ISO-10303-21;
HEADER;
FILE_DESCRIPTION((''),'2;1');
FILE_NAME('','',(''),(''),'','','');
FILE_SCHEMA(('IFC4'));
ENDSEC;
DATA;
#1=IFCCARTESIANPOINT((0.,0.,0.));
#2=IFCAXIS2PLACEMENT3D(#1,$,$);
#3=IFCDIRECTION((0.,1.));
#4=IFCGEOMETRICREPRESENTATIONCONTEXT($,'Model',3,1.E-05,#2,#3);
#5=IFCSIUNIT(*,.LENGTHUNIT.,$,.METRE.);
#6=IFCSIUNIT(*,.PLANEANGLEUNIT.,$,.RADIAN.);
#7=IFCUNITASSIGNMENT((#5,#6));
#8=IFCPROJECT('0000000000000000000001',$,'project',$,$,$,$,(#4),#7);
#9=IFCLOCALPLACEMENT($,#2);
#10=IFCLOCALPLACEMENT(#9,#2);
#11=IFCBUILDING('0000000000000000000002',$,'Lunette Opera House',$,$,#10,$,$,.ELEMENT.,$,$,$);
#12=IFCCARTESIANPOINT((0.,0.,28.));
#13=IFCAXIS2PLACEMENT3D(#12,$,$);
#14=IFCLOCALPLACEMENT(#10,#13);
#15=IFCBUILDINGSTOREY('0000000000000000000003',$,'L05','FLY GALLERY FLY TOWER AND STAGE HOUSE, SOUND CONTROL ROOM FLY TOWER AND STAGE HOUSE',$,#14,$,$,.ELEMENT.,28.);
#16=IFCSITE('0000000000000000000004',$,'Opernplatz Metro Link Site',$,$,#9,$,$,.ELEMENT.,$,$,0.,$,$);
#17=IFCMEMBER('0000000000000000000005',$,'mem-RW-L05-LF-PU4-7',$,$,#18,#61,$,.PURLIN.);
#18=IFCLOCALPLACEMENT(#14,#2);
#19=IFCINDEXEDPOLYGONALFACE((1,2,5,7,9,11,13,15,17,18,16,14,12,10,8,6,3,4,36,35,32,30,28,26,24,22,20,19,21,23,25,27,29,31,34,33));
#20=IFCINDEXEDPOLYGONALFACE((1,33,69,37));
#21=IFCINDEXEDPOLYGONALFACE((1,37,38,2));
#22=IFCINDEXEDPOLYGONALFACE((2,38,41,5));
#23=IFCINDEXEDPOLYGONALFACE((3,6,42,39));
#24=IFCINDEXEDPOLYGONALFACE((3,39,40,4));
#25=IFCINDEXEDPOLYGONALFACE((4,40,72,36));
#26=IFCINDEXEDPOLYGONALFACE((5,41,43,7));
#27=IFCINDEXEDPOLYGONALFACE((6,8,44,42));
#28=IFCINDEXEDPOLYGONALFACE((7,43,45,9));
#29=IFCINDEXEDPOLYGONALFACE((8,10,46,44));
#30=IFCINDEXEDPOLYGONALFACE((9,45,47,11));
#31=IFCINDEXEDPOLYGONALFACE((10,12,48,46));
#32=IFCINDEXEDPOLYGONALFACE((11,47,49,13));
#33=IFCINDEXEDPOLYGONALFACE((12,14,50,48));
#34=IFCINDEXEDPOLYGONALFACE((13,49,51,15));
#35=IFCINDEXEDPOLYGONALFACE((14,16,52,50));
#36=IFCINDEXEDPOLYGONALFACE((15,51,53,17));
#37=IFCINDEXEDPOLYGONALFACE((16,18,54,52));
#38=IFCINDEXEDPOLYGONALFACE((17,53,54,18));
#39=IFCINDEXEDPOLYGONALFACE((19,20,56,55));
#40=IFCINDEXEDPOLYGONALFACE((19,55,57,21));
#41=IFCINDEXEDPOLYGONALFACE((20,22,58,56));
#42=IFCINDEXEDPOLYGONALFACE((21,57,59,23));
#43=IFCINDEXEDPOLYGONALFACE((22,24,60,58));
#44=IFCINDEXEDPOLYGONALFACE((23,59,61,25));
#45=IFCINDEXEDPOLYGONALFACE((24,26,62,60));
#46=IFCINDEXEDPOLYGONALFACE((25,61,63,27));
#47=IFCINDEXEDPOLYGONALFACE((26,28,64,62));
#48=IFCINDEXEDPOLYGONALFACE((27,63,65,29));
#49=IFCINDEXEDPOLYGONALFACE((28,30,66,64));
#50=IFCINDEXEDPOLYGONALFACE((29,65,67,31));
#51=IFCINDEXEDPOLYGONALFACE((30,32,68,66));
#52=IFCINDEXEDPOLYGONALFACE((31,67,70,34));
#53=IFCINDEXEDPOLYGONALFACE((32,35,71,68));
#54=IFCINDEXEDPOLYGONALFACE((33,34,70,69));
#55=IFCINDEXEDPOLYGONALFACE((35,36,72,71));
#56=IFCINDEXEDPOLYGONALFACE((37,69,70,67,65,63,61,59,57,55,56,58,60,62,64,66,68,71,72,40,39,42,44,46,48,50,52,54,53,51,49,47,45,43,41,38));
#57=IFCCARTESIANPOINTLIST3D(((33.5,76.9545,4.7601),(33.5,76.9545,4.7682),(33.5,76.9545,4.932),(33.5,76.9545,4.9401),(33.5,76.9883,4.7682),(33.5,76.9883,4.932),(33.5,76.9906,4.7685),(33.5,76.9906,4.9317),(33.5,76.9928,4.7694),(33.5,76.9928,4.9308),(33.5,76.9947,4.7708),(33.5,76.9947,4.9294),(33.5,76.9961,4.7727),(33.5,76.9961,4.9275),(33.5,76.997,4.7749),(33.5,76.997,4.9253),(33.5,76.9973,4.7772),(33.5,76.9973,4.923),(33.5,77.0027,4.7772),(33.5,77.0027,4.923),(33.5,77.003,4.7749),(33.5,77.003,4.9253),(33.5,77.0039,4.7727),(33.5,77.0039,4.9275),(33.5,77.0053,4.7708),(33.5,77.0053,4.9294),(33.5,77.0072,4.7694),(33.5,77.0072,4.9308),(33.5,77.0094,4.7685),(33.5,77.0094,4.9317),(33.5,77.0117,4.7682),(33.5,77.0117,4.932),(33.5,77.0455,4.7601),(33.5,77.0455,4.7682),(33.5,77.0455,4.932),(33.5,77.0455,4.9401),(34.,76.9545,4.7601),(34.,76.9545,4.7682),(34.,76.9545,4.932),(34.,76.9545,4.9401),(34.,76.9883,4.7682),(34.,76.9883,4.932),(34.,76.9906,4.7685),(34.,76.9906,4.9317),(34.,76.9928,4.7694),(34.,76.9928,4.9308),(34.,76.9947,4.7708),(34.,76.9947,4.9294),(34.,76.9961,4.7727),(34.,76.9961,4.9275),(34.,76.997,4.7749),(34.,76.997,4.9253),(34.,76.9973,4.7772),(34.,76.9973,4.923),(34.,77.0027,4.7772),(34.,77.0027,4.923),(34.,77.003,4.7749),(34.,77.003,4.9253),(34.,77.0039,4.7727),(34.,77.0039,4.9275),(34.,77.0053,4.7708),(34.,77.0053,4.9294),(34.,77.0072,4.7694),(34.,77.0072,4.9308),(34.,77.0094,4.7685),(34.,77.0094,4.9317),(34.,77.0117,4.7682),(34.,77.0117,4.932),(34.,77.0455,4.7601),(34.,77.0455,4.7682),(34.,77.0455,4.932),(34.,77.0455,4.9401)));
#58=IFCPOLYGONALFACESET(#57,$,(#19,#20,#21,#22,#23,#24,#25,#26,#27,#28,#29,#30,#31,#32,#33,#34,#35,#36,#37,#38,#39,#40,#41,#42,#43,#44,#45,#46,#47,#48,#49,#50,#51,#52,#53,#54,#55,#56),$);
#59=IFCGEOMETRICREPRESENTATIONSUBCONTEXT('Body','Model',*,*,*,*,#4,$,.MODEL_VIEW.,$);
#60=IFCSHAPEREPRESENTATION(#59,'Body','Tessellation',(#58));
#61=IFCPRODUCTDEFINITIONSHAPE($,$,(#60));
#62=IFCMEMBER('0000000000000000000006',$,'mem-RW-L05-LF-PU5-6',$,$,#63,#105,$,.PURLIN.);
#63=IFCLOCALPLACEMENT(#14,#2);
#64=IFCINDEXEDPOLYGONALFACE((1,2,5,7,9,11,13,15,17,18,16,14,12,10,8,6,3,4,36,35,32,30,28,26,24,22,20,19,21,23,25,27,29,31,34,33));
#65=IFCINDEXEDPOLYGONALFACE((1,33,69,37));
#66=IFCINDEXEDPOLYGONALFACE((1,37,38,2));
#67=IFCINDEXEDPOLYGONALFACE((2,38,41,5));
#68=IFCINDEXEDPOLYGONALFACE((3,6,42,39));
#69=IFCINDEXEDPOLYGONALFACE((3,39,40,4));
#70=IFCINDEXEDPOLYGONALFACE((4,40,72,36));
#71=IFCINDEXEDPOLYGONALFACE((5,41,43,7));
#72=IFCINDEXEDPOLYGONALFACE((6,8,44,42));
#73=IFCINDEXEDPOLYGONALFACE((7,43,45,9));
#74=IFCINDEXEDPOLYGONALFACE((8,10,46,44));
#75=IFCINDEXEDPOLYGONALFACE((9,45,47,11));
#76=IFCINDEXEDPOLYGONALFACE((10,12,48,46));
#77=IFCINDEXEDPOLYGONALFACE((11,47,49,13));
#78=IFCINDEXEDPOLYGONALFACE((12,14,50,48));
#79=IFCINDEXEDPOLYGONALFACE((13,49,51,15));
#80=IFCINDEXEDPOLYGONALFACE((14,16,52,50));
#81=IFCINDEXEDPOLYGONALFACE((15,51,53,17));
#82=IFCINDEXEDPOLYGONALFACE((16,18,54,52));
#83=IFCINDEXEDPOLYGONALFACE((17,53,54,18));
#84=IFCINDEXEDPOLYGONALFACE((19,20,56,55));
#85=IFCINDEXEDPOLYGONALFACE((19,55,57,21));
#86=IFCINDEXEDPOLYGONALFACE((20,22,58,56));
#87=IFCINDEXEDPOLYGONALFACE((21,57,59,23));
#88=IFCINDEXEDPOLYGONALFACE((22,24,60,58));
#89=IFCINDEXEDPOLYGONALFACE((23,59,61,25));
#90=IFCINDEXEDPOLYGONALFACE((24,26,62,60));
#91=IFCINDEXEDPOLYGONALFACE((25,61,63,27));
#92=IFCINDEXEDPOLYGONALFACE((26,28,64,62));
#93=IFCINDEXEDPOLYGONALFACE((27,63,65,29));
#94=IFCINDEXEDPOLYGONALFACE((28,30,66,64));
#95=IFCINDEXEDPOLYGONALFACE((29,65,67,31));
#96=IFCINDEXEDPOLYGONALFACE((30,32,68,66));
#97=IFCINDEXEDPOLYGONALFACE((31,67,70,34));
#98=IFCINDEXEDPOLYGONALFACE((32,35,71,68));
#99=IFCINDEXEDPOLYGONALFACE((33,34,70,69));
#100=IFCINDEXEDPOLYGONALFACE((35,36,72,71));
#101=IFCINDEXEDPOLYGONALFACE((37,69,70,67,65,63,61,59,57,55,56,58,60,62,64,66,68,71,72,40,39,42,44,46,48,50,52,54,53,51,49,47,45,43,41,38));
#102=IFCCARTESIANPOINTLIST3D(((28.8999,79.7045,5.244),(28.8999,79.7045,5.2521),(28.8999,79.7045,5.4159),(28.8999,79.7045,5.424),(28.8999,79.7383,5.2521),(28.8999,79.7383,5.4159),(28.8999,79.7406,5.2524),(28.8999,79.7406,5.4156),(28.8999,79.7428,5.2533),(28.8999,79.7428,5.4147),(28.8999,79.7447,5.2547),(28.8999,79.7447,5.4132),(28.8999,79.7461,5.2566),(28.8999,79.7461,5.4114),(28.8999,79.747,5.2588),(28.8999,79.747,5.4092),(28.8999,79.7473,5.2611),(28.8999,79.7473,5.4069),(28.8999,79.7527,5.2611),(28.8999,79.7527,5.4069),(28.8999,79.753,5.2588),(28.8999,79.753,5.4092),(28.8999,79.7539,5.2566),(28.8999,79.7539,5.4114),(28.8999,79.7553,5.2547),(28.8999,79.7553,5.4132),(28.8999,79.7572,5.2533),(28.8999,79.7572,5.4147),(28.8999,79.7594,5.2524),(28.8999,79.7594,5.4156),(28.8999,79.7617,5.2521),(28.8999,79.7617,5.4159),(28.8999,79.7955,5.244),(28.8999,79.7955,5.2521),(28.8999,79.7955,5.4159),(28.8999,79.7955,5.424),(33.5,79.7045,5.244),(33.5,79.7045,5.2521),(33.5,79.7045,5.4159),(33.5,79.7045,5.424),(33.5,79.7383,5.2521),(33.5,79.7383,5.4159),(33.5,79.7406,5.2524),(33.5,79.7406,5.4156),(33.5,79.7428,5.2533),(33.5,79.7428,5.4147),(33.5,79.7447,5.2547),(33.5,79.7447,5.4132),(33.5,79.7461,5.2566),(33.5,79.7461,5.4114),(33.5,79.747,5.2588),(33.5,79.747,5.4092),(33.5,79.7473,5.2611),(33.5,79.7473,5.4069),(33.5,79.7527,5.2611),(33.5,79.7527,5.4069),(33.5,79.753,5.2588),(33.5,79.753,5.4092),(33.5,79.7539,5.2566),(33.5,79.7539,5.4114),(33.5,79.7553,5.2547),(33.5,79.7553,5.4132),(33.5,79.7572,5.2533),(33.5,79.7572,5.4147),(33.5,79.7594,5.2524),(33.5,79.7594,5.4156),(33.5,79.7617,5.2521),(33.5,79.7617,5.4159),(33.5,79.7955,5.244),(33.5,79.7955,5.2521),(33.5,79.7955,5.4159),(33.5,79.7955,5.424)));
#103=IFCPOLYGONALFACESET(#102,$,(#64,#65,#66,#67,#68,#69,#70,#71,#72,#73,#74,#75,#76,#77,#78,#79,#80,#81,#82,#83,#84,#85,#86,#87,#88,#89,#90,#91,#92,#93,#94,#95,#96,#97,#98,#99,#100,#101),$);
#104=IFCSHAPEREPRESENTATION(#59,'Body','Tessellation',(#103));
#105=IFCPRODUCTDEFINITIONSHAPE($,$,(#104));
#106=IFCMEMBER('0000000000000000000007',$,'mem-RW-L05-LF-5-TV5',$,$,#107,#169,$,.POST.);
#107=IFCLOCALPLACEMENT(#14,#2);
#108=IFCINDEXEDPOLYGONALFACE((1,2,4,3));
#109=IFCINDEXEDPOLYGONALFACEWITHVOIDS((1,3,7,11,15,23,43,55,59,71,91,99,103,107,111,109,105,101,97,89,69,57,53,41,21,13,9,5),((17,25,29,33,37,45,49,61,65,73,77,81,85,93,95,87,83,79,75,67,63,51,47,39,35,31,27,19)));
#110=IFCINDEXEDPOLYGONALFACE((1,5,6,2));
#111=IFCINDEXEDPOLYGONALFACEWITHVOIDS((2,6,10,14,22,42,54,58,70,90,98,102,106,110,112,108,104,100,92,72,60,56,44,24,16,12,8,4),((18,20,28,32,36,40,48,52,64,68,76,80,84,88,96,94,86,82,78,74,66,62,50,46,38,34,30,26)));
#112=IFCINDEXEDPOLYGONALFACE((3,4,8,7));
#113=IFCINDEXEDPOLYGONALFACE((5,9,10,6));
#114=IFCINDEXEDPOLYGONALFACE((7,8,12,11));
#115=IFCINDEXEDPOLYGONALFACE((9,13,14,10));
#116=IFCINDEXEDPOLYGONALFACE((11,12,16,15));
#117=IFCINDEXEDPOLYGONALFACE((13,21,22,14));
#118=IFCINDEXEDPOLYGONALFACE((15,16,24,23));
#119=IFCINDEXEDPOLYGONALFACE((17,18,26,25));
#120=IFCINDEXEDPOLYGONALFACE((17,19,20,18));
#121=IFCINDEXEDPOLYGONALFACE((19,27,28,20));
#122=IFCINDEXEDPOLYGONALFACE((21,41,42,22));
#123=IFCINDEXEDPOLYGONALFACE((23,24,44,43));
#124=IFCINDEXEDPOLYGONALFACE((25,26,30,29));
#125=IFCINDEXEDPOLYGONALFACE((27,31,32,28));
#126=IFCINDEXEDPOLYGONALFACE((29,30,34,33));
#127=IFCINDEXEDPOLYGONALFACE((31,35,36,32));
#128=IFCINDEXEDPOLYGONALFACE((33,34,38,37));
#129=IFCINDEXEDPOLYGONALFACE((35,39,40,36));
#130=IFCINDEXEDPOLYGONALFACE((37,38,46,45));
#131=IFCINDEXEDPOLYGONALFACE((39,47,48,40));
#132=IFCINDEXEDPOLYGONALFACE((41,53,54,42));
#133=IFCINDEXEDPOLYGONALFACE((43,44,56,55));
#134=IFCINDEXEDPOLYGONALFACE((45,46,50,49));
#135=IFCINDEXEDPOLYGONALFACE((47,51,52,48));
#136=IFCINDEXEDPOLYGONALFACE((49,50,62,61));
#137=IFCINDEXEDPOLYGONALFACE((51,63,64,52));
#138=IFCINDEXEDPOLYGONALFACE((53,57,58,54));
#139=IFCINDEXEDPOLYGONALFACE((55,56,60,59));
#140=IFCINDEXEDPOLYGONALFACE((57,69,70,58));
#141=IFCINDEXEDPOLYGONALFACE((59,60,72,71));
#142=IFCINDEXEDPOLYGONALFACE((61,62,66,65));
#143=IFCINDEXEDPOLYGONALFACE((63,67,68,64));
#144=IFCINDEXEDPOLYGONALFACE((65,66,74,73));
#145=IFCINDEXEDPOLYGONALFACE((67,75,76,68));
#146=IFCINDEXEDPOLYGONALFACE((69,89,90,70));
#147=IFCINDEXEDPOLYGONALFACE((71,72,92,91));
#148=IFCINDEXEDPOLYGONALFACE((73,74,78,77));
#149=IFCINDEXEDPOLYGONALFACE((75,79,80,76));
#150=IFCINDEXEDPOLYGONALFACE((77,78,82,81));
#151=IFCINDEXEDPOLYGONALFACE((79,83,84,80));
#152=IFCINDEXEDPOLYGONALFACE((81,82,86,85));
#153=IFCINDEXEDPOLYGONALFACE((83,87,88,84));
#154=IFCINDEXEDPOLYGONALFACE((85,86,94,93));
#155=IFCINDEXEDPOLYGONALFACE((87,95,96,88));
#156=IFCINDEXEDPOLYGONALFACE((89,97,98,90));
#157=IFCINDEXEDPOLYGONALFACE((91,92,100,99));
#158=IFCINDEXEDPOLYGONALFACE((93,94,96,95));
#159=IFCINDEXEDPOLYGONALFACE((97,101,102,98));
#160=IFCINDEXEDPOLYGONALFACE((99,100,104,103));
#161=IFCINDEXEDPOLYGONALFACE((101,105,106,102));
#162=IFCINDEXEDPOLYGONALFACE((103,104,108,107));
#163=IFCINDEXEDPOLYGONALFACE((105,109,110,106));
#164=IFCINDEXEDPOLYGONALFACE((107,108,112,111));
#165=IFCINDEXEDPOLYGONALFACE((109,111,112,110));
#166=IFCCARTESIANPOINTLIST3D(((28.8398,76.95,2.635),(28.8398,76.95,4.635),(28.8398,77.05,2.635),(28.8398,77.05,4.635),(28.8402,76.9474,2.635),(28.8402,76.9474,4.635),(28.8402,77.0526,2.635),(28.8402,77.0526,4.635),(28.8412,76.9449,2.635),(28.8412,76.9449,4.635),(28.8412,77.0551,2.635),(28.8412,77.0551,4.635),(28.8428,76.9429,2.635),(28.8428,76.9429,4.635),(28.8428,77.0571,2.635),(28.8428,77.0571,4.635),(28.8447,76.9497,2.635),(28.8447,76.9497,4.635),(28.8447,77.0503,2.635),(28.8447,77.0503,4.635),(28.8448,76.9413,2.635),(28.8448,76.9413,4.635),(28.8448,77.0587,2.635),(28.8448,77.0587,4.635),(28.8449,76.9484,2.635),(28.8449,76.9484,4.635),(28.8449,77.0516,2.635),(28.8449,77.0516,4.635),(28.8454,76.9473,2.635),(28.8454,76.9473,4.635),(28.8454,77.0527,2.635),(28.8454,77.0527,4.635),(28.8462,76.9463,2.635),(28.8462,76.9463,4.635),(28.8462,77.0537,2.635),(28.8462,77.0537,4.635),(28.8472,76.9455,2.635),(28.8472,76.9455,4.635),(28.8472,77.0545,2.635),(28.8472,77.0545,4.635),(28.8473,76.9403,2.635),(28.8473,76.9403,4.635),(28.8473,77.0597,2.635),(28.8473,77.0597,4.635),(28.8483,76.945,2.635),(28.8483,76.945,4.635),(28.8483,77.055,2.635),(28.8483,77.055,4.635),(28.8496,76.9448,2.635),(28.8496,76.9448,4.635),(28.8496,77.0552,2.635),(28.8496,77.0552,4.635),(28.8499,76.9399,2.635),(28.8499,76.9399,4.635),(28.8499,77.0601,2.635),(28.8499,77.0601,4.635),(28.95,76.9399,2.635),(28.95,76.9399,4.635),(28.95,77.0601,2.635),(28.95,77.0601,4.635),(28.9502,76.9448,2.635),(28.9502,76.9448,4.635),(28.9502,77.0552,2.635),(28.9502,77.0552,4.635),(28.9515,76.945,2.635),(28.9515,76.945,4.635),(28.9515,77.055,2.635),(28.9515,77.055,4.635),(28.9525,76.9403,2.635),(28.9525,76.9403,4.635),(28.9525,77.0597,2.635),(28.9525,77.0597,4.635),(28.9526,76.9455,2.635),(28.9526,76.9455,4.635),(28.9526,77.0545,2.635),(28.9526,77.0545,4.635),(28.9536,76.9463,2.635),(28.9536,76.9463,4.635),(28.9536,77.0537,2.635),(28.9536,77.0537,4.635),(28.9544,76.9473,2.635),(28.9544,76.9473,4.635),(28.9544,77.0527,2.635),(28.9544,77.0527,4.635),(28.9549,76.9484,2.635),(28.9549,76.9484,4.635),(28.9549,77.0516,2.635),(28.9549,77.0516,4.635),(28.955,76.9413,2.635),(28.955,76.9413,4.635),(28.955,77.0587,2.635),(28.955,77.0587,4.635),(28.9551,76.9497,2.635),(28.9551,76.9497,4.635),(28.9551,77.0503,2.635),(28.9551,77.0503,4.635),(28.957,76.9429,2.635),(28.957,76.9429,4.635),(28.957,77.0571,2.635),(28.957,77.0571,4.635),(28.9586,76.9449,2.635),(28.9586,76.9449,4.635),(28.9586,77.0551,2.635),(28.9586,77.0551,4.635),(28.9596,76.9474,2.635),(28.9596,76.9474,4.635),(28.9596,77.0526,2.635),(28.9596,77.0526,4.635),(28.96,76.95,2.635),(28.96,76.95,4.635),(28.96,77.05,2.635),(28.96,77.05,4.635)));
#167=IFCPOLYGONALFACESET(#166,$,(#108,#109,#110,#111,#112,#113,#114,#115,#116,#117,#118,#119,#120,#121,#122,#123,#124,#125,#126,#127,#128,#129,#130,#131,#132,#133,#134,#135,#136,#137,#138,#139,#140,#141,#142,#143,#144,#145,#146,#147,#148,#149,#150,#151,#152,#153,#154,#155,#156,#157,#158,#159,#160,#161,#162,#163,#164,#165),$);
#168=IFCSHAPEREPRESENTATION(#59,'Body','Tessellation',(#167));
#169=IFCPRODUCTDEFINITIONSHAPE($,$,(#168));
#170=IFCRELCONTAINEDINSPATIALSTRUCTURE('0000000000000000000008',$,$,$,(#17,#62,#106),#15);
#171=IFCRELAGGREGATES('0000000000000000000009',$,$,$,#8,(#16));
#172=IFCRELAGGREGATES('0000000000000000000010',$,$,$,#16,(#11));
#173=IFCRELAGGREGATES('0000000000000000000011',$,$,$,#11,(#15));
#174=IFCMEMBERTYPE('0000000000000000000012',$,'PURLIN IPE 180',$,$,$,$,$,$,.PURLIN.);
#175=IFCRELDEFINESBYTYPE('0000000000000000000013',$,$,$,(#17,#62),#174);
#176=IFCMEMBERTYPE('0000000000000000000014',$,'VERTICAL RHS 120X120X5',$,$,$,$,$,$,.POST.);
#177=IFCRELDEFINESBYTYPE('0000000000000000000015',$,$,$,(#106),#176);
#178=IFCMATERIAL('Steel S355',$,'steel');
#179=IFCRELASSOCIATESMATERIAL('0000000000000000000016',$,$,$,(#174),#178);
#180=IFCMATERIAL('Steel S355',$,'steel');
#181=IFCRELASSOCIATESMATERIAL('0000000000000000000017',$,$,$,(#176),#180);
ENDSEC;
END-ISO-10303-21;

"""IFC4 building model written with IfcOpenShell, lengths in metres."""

from ifc_helpers import new_model, si_unit, direction, frame, origin, origin_2d, place, context, subcontext, project, spatial, hollow_rectangle, i_section, extrude, material, material_profile, profile_set, type_object, element, save


model = new_model("IFC4")

# Units and contexts
model_context = context("Model", 3, precision=1e-05, world=origin(), true_north=direction((0.0, 1.0)))
body_context = subcontext(model_context, "Body", "Model", "MODEL_VIEW")
ifc_project = project(units=[si_unit("LENGTHUNIT", "METRE"), si_unit("PLANEANGLEUNIT", "RADIAN")], contexts=[model_context])

# Site, building, storey
site_placement = place(None, origin())
site = spatial("IfcSite", under=ifc_project, at=site_placement, Name="Opernplatz Metro Link Site", CompositionType="ELEMENT", RefElevation=0.0)
building_placement = place(site_placement, origin())
building = spatial("IfcBuilding", under=site, at=building_placement, Name="Lunette Opera House", CompositionType="ELEMENT")
storey_placement = place(building_placement, frame((0.0, 0.0, 28.0)))
storey = spatial("IfcBuildingStorey", under=building, at=storey_placement, Name="L05", Description="FLY GALLERY FLY TOWER AND STAGE HOUSE, SOUND CONTROL ROOM FLY TOWER AND STAGE HOUSE", CompositionType="ELEMENT", Elevation=28.0)

# Members
ifc_material_1 = material(Name="Steel S355", Category="steel")
ifc_material_profile_1 = material_profile(ifc_material_1, i_section(OverallWidth=0.0911, OverallDepth=0.1799, WebThickness=0.0054, FlangeThickness=0.0081, FilletRadius=0.009, at=origin_2d()), Name="IPE 180")
ifc_profile_set_1 = profile_set([ifc_material_profile_1], Name="Steel S355")
member_type_1 = type_object("IfcMemberType", Name="PURLIN IPE 180", PredefinedType="PURLIN", material=ifc_profile_set_1)
member_1_placement = place(storey_placement, frame((33.5, 77.0, 4.8501), z_axis=(1.0, 0.0, 0.0), x_axis=(0.0, 1.0, 0.0)))
element("IfcMember", 1, at=member_1_placement, inside=storey, type_object=member_type_1, Name="mem-RW-L05-LF-PU4-7", PredefinedType="PURLIN", context=body_context, shape_type="SweptSolid", body=[
    extrude(i_section(OverallWidth=0.0911, OverallDepth=0.1799, WebThickness=0.0054, FlangeThickness=0.0081, FilletRadius=0.009, at=origin_2d()), origin(), (0.0, 0.0, 1.0), 0.5),
])
member_2_placement = place(storey_placement, frame((28.8999, 79.75, 5.334), z_axis=(1.0, 0.0, 0.0), x_axis=(0.0, 1.0, 0.0)))
element("IfcMember", 2, at=member_2_placement, inside=storey, type_object=member_type_1, Name="mem-RW-L05-LF-PU5-6", PredefinedType="PURLIN", context=body_context, shape_type="SweptSolid", body=[
    extrude(i_section(OverallWidth=0.0911, OverallDepth=0.1799, WebThickness=0.0054, FlangeThickness=0.0081, FilletRadius=0.009, at=origin_2d()), origin(), (0.0, 0.0, 1.0), 4.6001),
])
ifc_material_2 = material(Name="Steel S355", Category="steel")
ifc_material_profile_2 = material_profile(ifc_material_2, hollow_rectangle(XDim=0.1201, YDim=0.1201, WallThickness=0.0049, InnerFilletRadius=0.0049, OuterFilletRadius=0.01, at=origin_2d()), Name="RHS 120X120X5")
ifc_profile_set_2 = profile_set([ifc_material_profile_2], Name="Steel S355")
member_type_2 = type_object("IfcMemberType", Name="VERTICAL RHS 120X120X5", PredefinedType="POST", material=ifc_profile_set_2)
for number, where, z_axis, x_axis, name in (
    (3, (28.8999, 77.0, 2.635), (0.0, 0.0, 1.0), (1.0, 0.0, 0.0), "mem-RW-L05-LF-5-TV5"),
):
    element("IfcMember", number, at=place(storey_placement, frame(where, z_axis=z_axis, x_axis=x_axis)), inside=storey, type_object=member_type_2, Name=name, PredefinedType="POST", context=body_context, shape_type="SweptSolid", body=[
        extrude(hollow_rectangle(XDim=0.1201, YDim=0.1201, WallThickness=0.0049, InnerFilletRadius=0.0049, OuterFilletRadius=0.01, at=origin_2d()), origin(), (0.0, 0.0, 1.0), 2.0),
    ])

save(model, "model.ifc")
